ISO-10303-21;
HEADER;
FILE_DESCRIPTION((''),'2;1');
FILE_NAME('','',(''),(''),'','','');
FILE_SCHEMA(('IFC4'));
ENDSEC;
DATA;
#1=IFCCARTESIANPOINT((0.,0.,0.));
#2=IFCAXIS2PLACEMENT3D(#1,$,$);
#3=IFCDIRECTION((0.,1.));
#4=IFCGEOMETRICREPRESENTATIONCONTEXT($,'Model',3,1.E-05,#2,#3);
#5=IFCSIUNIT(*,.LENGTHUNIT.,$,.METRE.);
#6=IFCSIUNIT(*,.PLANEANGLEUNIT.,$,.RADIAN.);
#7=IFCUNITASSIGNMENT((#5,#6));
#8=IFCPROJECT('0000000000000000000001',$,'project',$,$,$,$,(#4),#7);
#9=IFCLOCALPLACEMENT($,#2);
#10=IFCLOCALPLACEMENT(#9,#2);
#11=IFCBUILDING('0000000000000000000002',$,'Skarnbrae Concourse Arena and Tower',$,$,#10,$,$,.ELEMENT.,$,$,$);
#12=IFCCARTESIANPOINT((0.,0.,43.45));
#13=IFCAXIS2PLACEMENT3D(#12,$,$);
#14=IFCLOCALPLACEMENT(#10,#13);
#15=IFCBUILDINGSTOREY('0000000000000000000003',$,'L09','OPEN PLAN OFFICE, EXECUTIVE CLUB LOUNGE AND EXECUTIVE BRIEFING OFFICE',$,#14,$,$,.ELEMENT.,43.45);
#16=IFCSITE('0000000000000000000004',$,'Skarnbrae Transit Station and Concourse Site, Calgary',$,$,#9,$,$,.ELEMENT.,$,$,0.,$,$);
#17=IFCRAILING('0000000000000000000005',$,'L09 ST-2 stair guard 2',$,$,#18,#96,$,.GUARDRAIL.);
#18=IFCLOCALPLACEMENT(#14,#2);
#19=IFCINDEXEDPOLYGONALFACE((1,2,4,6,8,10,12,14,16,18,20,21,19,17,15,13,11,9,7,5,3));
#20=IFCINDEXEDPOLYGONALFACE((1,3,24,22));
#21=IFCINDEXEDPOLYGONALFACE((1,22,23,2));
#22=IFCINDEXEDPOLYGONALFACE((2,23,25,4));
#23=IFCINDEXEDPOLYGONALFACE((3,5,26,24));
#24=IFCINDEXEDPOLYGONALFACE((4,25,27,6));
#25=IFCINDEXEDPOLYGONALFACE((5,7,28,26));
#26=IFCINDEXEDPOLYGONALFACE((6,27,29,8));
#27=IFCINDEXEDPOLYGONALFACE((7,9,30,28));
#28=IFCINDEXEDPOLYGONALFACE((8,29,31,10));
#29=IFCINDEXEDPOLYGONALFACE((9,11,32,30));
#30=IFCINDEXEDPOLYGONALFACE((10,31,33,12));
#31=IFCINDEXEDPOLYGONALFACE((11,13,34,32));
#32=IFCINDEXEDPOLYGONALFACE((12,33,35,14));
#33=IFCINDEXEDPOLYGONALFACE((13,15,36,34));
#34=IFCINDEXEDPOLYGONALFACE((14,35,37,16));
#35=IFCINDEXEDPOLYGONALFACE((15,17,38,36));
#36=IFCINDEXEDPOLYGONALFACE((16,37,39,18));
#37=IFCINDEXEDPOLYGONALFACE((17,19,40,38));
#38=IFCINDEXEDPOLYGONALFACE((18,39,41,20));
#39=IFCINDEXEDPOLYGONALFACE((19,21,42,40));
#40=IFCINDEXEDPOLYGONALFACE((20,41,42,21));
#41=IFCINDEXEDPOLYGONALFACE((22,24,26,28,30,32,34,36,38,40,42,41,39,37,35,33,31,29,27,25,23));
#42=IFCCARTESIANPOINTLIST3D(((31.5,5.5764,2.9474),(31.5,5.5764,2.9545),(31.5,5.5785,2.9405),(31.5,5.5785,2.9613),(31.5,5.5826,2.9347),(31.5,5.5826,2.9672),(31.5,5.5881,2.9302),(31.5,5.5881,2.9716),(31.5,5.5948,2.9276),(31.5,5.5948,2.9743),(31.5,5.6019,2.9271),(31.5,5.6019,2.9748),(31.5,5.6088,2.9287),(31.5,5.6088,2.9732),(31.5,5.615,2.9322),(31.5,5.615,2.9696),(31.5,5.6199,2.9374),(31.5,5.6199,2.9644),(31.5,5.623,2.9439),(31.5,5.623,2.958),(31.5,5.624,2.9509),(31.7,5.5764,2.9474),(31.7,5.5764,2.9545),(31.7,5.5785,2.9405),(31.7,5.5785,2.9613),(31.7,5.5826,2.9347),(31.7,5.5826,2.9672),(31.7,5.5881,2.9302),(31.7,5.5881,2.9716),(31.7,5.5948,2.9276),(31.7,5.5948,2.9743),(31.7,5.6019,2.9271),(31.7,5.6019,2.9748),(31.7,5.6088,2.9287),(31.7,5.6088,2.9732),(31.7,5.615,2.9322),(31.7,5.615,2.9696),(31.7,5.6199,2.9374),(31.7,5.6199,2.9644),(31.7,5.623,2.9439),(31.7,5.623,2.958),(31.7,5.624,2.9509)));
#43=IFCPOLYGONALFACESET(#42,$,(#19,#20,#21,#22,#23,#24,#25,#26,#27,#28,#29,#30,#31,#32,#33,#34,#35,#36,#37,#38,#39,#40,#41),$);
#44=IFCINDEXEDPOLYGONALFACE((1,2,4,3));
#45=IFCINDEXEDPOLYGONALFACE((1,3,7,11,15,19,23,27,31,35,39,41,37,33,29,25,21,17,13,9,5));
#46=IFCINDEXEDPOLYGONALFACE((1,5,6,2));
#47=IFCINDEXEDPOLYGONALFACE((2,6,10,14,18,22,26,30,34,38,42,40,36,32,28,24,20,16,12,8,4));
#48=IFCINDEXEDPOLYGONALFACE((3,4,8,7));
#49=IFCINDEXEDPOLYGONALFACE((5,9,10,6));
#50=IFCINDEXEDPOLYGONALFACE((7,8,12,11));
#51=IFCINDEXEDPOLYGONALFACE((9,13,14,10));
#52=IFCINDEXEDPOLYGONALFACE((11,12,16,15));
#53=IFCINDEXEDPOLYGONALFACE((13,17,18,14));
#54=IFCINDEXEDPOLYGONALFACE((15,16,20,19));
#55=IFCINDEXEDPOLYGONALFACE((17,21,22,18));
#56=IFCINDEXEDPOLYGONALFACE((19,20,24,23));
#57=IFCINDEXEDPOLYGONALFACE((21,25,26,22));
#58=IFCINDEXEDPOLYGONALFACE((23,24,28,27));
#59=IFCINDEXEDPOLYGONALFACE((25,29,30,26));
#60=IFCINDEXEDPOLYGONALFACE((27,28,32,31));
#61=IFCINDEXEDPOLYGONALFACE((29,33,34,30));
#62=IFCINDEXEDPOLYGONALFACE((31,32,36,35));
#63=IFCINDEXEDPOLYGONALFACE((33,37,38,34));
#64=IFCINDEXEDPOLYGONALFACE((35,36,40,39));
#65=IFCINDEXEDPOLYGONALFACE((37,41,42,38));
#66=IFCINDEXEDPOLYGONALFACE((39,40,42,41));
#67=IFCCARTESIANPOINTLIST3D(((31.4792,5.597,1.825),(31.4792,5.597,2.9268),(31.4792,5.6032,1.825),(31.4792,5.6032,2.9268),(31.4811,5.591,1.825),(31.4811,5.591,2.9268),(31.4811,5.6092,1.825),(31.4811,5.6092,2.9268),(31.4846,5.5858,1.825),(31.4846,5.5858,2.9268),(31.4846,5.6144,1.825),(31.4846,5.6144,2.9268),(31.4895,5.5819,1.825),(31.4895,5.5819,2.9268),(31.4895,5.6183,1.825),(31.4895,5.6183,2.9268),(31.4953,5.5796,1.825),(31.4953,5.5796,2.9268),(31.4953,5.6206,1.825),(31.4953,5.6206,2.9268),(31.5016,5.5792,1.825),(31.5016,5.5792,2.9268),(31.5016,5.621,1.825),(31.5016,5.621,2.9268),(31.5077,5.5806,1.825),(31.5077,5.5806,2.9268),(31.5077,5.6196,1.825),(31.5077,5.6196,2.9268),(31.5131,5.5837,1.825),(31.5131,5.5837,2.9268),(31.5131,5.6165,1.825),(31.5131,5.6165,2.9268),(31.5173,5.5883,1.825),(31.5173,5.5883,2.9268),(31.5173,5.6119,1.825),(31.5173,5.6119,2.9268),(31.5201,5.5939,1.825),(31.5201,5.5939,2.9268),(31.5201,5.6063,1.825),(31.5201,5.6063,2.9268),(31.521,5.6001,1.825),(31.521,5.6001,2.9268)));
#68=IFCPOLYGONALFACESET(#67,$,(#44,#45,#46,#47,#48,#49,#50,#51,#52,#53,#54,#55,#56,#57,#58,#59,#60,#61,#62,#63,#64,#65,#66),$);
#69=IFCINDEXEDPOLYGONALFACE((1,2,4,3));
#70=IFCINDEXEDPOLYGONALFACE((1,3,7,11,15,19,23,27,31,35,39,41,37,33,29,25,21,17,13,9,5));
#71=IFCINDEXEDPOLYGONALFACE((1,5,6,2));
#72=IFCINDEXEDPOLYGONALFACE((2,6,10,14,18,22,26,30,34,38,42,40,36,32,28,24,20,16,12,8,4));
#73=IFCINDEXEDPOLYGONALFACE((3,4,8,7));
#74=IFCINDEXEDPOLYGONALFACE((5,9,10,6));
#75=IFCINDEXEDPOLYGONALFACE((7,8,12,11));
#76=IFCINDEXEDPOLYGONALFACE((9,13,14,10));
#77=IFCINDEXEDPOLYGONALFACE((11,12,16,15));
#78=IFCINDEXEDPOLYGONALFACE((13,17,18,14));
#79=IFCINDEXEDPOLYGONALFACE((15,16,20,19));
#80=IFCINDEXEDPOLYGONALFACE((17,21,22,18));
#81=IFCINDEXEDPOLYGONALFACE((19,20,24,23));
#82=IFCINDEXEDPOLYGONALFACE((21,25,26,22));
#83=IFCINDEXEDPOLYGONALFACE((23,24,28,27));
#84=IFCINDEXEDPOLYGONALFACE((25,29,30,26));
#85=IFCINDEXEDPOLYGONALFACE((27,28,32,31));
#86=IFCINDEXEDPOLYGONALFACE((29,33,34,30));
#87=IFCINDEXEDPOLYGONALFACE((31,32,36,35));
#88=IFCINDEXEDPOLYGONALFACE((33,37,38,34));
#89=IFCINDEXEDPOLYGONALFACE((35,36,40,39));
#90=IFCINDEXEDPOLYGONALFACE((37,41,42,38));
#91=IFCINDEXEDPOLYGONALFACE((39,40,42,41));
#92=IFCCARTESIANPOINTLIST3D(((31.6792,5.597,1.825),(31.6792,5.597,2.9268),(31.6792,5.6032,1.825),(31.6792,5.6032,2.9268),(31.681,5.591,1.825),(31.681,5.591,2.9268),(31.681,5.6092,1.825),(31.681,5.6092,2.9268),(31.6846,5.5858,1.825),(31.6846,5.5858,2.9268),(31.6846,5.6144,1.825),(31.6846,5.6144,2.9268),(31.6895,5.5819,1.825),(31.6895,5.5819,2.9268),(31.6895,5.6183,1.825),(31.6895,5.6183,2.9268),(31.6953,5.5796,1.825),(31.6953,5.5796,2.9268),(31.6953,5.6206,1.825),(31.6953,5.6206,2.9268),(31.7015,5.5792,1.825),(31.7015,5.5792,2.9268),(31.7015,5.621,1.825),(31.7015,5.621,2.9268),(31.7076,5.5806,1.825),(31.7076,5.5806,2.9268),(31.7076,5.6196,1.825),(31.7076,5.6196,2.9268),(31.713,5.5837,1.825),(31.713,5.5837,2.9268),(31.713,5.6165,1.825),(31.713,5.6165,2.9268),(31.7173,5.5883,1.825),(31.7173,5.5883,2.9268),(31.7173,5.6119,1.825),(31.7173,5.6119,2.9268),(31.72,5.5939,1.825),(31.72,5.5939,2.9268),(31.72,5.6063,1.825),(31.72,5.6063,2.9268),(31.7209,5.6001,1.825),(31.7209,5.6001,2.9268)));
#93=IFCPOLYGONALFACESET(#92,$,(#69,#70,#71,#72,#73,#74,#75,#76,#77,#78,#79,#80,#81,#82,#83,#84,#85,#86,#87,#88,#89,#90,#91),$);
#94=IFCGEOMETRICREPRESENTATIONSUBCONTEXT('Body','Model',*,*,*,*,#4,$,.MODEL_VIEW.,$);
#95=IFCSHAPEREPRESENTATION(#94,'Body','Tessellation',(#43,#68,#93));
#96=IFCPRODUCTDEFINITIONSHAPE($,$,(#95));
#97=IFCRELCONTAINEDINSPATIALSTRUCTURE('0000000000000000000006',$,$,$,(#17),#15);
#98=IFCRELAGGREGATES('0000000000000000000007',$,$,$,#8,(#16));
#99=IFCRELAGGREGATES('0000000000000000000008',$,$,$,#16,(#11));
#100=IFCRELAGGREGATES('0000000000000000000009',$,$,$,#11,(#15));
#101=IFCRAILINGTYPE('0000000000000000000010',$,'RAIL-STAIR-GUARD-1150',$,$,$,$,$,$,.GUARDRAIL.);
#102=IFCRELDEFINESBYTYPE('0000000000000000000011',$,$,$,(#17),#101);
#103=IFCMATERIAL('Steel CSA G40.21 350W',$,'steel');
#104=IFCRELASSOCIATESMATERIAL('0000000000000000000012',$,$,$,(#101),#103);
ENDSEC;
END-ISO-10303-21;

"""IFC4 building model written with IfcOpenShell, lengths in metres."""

from ifc_helpers import new_model, si_unit, direction, frame, origin, origin_2d, place, context, subcontext, project, spatial, circle, extrude, material, type_object, element, save


model = new_model("IFC4")

# Units and contexts
model_context = context("Model", 3, precision=1e-05, world=origin(), true_north=direction((0.0, 1.0)))
body_context = subcontext(model_context, "Body", "Model", "MODEL_VIEW")
ifc_project = project(units=[si_unit("LENGTHUNIT", "METRE"), si_unit("PLANEANGLEUNIT", "RADIAN")], contexts=[model_context])

# Site, building, storey
site_placement = place(None, origin())
site = spatial("IfcSite", under=ifc_project, at=site_placement, Name="Skarnbrae Transit Station and Concourse Site, Calgary", CompositionType="ELEMENT", RefElevation=0.0)
building_placement = place(site_placement, origin())
building = spatial("IfcBuilding", under=site, at=building_placement, Name="Skarnbrae Concourse Arena and Tower", CompositionType="ELEMENT")
storey_placement = place(building_placement, frame((0.0, 0.0, 43.45)))
storey = spatial("IfcBuildingStorey", under=building, at=storey_placement, Name="L09", Description="OPEN PLAN OFFICE, EXECUTIVE CLUB LOUNGE AND EXECUTIVE BRIEFING OFFICE", CompositionType="ELEMENT", Elevation=43.45)

# Shared definitions
ifc_material_1 = material(Name="Steel CSA G40.21 350W", Category="steel")

# Railing
railing_type_1 = type_object("IfcRailingType", Name="RAIL-STAIR-GUARD-1150", PredefinedType="GUARDRAIL", material=ifc_material_1)
railing_1_placement = place(storey_placement, frame((31.5, 5.6001, 1.825)))
element("IfcRailing", 1, at=railing_1_placement, inside=storey, type_object=railing_type_1, Name="L09 ST-2 stair guard 2", PredefinedType="GUARDRAIL", context=body_context, shape_type="SweptSolid", body=[
    extrude(circle(Radius=0.0239, at=origin_2d()), frame((0.0, 0.0, 1.126), z_axis=(1.0, 0.0, 0.0), x_axis=(0.0, 1.0, 0.0)), (0.0, 0.0, 1.0), 0.2),
    extrude(circle(Radius=0.021, at=origin_2d()), origin(), (0.0, 0.0, 1.0), 1.1018),
    extrude(circle(Radius=0.021, at=origin_2d()), frame((0.2, 0.0, 0.0)), (0.0, 0.0, 1.0), 1.1018),
])

save(model, "model.ifc")
